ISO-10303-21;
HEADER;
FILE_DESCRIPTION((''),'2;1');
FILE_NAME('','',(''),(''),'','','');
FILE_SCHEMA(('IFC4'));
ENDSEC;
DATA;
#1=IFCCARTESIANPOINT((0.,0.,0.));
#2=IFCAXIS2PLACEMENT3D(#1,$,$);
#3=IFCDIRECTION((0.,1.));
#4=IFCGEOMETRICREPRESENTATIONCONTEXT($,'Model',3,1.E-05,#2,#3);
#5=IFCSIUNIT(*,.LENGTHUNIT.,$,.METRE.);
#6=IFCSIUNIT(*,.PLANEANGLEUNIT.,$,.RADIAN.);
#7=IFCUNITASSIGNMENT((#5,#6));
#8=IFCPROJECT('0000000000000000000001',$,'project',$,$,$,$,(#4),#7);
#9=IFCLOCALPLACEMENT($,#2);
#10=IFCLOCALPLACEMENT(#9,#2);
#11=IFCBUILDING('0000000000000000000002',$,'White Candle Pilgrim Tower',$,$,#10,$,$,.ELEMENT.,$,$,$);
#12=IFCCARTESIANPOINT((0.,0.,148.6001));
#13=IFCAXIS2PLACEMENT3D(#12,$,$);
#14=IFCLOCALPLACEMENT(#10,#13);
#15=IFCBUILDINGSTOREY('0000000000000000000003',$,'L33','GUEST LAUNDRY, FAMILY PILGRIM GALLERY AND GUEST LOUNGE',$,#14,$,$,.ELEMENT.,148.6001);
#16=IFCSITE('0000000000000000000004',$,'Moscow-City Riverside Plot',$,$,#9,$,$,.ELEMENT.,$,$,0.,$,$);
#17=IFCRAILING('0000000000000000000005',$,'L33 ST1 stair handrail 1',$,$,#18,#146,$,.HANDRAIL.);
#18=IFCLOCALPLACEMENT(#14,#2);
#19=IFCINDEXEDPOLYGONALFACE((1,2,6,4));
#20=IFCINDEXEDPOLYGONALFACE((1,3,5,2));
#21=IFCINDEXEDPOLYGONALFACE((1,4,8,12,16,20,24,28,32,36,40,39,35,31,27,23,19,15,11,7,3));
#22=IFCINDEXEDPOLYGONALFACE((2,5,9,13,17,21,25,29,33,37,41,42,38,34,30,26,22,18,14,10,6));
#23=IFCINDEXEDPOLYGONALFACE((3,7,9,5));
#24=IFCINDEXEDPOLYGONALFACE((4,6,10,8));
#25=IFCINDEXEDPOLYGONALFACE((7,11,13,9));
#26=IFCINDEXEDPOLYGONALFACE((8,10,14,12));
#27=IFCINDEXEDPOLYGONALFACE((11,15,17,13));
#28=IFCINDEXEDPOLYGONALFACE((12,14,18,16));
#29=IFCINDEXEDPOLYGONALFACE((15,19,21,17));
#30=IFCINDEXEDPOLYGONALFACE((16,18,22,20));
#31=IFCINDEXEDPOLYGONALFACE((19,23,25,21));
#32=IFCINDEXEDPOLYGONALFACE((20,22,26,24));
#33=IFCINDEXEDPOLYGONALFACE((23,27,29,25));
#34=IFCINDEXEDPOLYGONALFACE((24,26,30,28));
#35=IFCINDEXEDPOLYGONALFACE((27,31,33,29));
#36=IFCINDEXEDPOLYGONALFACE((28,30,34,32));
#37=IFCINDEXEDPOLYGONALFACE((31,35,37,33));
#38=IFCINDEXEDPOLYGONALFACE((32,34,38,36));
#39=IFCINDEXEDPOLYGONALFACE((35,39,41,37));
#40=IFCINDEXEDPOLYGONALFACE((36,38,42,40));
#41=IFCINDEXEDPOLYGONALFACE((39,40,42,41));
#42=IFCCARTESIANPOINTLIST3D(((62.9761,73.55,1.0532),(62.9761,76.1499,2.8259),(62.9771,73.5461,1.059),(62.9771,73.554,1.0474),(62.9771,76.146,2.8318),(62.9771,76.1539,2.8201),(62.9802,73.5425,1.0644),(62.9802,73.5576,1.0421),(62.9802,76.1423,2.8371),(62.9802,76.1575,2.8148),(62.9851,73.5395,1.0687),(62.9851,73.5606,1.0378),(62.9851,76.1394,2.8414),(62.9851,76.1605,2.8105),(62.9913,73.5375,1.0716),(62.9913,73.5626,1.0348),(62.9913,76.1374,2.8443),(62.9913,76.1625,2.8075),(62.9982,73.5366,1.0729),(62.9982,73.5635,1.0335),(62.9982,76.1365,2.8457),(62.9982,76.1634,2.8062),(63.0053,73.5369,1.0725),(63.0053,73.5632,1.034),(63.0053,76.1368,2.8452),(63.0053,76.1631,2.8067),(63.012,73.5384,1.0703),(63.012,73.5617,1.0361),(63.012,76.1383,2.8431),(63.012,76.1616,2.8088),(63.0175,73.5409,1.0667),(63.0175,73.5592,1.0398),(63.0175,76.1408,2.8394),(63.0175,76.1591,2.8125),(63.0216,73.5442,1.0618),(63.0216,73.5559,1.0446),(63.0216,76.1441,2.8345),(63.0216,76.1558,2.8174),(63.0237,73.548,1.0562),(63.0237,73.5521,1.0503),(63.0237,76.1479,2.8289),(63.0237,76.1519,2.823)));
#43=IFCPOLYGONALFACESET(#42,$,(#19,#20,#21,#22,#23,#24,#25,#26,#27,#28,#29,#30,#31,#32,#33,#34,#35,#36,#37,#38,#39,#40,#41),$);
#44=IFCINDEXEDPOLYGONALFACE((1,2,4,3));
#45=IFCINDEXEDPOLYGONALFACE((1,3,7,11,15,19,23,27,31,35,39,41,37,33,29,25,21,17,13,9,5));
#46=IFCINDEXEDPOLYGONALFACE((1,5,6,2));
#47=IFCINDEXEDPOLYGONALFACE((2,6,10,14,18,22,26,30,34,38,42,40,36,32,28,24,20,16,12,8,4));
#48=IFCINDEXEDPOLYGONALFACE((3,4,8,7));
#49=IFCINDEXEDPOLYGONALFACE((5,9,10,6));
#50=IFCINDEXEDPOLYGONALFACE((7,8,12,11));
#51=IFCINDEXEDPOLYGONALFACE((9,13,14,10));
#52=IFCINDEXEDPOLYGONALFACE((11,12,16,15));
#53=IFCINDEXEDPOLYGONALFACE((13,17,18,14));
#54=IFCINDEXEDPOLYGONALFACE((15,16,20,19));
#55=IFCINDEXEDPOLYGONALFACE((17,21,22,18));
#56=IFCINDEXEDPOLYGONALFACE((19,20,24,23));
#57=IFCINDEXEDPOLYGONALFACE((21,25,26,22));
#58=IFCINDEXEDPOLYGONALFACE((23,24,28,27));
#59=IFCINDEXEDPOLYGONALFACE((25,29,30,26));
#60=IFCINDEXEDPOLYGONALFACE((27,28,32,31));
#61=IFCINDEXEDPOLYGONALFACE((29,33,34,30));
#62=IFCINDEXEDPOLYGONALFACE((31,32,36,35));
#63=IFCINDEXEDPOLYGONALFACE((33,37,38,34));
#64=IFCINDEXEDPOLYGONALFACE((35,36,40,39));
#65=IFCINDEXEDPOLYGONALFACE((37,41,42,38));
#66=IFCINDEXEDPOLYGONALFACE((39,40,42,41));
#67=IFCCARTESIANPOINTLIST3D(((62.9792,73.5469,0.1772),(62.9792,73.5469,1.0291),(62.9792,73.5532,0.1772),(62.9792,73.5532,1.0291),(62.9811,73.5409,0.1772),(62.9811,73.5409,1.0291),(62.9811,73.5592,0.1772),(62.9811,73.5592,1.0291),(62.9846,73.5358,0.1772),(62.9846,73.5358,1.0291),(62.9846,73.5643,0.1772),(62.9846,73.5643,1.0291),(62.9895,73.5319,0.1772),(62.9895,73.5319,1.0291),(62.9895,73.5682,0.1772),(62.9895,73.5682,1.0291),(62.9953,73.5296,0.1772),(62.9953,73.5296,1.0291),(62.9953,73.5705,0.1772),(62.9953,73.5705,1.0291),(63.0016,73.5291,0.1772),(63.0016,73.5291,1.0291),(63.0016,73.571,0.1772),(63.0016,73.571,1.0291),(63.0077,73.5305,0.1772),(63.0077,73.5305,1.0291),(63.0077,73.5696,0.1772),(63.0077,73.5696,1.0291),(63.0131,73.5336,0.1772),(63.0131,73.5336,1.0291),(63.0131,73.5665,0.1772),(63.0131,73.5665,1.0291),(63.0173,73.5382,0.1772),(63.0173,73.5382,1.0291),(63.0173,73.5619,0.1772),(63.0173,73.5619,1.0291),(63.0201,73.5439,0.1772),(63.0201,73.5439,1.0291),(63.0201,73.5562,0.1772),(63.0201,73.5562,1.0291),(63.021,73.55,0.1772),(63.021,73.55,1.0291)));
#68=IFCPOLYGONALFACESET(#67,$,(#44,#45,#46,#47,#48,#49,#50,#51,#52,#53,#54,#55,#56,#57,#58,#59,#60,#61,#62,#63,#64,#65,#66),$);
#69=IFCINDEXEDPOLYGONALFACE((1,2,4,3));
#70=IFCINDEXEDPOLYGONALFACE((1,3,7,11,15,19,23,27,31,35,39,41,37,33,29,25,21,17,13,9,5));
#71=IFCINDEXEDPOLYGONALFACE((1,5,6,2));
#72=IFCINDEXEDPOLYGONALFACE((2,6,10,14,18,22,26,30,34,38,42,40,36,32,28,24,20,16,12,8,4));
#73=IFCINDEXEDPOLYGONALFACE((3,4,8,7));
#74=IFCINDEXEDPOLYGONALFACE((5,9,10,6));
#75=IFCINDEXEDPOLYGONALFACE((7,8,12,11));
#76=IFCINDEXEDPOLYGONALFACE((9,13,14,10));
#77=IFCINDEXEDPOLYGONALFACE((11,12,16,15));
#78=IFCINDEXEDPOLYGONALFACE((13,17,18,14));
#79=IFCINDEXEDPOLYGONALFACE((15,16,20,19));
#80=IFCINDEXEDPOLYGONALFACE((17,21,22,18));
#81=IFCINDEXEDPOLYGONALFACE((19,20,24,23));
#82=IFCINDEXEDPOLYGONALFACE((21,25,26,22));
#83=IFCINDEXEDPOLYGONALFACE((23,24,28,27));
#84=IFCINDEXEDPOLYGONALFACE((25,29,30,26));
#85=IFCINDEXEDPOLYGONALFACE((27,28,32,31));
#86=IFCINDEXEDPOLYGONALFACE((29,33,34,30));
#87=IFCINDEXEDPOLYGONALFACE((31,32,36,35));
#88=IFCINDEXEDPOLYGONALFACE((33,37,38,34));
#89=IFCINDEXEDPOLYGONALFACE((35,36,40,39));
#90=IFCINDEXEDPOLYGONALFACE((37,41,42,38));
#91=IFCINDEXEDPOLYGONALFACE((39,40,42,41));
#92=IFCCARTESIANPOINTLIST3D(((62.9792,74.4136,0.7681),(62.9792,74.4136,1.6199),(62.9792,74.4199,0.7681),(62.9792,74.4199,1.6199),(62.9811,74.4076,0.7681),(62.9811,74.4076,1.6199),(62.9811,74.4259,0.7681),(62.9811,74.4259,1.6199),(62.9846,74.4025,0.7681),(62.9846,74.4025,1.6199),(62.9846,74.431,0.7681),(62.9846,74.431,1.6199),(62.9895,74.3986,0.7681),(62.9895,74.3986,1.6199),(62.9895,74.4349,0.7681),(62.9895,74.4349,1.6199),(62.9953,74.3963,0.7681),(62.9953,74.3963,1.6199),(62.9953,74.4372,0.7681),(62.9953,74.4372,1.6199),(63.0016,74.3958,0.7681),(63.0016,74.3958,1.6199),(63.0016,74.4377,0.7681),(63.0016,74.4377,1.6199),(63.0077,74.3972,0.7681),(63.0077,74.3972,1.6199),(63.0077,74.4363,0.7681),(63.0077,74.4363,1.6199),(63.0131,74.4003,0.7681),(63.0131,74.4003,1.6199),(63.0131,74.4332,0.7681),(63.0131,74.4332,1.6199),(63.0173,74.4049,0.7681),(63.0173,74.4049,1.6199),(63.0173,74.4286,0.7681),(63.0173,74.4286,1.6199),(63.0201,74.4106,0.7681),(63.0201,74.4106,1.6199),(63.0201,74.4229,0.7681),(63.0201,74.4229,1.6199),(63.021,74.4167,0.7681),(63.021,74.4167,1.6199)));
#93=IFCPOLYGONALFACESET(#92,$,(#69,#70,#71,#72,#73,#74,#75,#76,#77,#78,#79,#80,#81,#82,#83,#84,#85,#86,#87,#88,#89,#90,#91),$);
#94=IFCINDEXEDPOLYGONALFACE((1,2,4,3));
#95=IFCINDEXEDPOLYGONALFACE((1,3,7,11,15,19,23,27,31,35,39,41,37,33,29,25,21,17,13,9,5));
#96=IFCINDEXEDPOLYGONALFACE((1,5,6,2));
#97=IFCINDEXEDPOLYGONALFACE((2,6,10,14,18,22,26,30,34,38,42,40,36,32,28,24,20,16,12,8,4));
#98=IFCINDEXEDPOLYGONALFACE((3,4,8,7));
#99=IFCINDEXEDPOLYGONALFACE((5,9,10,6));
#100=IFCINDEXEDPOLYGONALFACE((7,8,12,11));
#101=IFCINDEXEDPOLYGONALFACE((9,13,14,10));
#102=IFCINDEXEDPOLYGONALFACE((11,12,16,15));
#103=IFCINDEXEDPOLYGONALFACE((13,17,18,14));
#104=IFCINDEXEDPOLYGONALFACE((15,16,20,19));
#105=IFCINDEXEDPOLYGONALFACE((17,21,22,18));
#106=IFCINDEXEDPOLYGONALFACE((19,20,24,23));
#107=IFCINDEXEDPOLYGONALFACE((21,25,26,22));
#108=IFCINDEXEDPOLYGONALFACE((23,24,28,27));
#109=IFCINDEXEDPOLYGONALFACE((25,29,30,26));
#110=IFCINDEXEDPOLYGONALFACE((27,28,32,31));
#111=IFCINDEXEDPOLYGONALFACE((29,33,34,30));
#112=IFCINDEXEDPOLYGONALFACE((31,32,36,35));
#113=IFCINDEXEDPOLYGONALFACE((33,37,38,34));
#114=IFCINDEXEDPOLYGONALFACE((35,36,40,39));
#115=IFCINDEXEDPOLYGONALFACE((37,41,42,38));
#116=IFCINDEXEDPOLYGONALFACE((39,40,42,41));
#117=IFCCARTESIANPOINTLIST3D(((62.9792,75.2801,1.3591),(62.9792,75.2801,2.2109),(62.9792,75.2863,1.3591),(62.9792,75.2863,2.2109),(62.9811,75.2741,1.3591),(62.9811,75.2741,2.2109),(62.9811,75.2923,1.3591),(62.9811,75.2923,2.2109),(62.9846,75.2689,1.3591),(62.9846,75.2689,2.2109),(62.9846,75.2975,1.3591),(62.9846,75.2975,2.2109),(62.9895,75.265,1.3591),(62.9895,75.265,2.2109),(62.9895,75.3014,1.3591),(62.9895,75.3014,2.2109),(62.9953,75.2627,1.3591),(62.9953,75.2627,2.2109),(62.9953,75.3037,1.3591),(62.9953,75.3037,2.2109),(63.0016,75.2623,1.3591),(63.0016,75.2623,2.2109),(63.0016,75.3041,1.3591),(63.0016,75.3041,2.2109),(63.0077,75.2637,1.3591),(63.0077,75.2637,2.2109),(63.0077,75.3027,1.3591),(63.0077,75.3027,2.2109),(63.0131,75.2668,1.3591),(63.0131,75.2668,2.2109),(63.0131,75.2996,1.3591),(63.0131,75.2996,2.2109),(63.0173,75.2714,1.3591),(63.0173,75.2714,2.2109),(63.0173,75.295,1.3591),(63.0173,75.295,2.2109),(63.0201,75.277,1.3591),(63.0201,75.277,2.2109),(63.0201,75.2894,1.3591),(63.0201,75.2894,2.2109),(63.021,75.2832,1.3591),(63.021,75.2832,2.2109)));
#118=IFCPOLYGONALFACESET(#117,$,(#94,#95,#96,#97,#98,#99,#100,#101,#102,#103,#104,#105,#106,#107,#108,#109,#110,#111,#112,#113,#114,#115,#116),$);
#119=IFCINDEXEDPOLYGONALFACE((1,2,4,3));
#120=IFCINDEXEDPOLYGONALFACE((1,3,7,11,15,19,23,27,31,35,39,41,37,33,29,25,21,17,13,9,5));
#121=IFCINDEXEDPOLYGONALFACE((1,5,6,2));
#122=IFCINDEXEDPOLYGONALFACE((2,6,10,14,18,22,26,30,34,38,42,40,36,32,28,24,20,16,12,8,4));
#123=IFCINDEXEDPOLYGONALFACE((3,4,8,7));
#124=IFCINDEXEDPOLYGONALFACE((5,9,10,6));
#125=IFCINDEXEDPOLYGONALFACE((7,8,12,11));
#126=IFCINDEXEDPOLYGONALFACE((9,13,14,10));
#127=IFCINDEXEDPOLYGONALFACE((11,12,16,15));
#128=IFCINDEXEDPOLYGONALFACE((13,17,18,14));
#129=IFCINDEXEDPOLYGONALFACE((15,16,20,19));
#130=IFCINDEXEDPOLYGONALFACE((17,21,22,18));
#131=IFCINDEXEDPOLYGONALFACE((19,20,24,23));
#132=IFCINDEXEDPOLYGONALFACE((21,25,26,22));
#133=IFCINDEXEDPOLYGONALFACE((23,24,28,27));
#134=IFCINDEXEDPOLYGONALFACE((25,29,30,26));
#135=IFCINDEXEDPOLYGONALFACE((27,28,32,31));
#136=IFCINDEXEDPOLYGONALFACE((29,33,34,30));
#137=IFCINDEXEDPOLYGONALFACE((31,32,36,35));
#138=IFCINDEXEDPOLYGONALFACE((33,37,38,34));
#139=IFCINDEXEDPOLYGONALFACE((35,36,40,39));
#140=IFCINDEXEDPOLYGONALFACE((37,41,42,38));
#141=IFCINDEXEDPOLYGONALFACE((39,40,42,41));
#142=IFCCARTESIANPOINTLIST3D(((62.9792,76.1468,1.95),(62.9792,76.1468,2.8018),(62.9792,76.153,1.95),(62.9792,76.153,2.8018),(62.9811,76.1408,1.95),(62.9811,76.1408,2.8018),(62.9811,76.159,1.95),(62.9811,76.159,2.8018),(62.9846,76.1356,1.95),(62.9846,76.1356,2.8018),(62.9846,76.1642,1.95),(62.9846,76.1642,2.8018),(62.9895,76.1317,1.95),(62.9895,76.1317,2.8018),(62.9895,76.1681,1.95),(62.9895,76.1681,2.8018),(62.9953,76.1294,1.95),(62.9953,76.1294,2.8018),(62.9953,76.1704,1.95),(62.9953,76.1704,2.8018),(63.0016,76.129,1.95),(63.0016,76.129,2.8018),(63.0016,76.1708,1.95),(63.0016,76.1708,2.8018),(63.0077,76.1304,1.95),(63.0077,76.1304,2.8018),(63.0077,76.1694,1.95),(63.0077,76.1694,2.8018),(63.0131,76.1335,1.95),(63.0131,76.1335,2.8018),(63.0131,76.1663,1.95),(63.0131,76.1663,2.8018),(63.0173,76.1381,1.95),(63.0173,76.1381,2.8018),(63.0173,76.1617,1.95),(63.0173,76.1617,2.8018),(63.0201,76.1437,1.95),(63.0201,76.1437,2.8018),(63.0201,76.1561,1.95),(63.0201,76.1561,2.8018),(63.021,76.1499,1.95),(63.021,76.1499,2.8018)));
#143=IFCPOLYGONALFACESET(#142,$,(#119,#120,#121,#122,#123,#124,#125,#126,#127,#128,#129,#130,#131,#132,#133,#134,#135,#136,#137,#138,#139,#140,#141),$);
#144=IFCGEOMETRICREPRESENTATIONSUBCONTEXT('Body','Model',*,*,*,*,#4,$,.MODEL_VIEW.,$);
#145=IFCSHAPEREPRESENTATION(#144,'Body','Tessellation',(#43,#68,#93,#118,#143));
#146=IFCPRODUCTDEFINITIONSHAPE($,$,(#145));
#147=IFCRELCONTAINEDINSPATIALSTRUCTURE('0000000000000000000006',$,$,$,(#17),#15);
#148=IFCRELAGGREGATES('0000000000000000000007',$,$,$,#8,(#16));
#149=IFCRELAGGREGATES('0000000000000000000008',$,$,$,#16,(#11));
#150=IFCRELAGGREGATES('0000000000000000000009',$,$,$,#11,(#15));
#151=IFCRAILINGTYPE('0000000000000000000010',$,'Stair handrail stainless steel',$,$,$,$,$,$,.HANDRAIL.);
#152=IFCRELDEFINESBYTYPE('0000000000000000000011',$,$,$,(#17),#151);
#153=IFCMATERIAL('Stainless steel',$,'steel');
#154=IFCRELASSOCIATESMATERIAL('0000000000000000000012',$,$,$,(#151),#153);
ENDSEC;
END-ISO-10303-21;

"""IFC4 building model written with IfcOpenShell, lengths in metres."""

from ifc_helpers import new_model, si_unit, direction, frame, origin, origin_2d, place, context, subcontext, project, spatial, circle, extrude, material, type_object, element, save


model = new_model("IFC4")

# Units and contexts
model_context = context("Model", 3, precision=1e-05, world=origin(), true_north=direction((0.0, 1.0)))
body_context = subcontext(model_context, "Body", "Model", "MODEL_VIEW")
ifc_project = project(units=[si_unit("LENGTHUNIT", "METRE"), si_unit("PLANEANGLEUNIT", "RADIAN")], contexts=[model_context])

# Site, building, storey
site_placement = place(None, origin())
site = spatial("IfcSite", under=ifc_project, at=site_placement, Name="Moscow-City Riverside Plot", CompositionType="ELEMENT", RefElevation=0.0)
building_placement = place(site_placement, origin())
building = spatial("IfcBuilding", under=site, at=building_placement, Name="White Candle Pilgrim Tower", CompositionType="ELEMENT")
storey_placement = place(building_placement, frame((0.0, 0.0, 148.6001)))
storey = spatial("IfcBuildingStorey", under=building, at=storey_placement, Name="L33", Description="GUEST LAUNDRY, FAMILY PILGRIM GALLERY AND GUEST LOUNGE", CompositionType="ELEMENT", Elevation=148.6001)

# Shared definitions
ifc_material_1 = material(Name="Stainless steel", Category="steel")

# Railing
railing_type_1 = type_object("IfcRailingType", Name="Stair handrail stainless steel", PredefinedType="HANDRAIL", material=ifc_material_1)
railing_1_placement = place(storey_placement, frame((63.0, 73.55, 0.1772)))
element("IfcRailing", 1, at=railing_1_placement, inside=storey, type_object=railing_type_1, Name="L33 ST1 stair handrail 1", PredefinedType="HANDRAIL", context=body_context, shape_type="SweptSolid", body=[
    extrude(circle(Radius=0.0239, at=origin_2d()), frame((0.0, 0.0, 0.876), z_axis=(0.0, 0.826216, 0.563354), x_axis=(-1.0, 0.0, 0.0)), (0.0, 0.0, 1.0), 3.1467),
    extrude(circle(Radius=0.021, at=origin_2d()), origin(), (0.0, 0.0, 1.0), 0.8518),
    extrude(circle(Radius=0.021, at=origin_2d()), frame((0.0, 0.8667, 0.5908)), (0.0, 0.0, 1.0), 0.8518),
    extrude(circle(Radius=0.021, at=origin_2d()), frame((0.0, 1.7332, 1.1819)), (0.0, 0.0, 1.0), 0.8518),
    extrude(circle(Radius=0.021, at=origin_2d()), frame((0.0, 2.5999, 1.7727)), (0.0, 0.0, 1.0), 0.8518),
])

save(model, "model.ifc")
